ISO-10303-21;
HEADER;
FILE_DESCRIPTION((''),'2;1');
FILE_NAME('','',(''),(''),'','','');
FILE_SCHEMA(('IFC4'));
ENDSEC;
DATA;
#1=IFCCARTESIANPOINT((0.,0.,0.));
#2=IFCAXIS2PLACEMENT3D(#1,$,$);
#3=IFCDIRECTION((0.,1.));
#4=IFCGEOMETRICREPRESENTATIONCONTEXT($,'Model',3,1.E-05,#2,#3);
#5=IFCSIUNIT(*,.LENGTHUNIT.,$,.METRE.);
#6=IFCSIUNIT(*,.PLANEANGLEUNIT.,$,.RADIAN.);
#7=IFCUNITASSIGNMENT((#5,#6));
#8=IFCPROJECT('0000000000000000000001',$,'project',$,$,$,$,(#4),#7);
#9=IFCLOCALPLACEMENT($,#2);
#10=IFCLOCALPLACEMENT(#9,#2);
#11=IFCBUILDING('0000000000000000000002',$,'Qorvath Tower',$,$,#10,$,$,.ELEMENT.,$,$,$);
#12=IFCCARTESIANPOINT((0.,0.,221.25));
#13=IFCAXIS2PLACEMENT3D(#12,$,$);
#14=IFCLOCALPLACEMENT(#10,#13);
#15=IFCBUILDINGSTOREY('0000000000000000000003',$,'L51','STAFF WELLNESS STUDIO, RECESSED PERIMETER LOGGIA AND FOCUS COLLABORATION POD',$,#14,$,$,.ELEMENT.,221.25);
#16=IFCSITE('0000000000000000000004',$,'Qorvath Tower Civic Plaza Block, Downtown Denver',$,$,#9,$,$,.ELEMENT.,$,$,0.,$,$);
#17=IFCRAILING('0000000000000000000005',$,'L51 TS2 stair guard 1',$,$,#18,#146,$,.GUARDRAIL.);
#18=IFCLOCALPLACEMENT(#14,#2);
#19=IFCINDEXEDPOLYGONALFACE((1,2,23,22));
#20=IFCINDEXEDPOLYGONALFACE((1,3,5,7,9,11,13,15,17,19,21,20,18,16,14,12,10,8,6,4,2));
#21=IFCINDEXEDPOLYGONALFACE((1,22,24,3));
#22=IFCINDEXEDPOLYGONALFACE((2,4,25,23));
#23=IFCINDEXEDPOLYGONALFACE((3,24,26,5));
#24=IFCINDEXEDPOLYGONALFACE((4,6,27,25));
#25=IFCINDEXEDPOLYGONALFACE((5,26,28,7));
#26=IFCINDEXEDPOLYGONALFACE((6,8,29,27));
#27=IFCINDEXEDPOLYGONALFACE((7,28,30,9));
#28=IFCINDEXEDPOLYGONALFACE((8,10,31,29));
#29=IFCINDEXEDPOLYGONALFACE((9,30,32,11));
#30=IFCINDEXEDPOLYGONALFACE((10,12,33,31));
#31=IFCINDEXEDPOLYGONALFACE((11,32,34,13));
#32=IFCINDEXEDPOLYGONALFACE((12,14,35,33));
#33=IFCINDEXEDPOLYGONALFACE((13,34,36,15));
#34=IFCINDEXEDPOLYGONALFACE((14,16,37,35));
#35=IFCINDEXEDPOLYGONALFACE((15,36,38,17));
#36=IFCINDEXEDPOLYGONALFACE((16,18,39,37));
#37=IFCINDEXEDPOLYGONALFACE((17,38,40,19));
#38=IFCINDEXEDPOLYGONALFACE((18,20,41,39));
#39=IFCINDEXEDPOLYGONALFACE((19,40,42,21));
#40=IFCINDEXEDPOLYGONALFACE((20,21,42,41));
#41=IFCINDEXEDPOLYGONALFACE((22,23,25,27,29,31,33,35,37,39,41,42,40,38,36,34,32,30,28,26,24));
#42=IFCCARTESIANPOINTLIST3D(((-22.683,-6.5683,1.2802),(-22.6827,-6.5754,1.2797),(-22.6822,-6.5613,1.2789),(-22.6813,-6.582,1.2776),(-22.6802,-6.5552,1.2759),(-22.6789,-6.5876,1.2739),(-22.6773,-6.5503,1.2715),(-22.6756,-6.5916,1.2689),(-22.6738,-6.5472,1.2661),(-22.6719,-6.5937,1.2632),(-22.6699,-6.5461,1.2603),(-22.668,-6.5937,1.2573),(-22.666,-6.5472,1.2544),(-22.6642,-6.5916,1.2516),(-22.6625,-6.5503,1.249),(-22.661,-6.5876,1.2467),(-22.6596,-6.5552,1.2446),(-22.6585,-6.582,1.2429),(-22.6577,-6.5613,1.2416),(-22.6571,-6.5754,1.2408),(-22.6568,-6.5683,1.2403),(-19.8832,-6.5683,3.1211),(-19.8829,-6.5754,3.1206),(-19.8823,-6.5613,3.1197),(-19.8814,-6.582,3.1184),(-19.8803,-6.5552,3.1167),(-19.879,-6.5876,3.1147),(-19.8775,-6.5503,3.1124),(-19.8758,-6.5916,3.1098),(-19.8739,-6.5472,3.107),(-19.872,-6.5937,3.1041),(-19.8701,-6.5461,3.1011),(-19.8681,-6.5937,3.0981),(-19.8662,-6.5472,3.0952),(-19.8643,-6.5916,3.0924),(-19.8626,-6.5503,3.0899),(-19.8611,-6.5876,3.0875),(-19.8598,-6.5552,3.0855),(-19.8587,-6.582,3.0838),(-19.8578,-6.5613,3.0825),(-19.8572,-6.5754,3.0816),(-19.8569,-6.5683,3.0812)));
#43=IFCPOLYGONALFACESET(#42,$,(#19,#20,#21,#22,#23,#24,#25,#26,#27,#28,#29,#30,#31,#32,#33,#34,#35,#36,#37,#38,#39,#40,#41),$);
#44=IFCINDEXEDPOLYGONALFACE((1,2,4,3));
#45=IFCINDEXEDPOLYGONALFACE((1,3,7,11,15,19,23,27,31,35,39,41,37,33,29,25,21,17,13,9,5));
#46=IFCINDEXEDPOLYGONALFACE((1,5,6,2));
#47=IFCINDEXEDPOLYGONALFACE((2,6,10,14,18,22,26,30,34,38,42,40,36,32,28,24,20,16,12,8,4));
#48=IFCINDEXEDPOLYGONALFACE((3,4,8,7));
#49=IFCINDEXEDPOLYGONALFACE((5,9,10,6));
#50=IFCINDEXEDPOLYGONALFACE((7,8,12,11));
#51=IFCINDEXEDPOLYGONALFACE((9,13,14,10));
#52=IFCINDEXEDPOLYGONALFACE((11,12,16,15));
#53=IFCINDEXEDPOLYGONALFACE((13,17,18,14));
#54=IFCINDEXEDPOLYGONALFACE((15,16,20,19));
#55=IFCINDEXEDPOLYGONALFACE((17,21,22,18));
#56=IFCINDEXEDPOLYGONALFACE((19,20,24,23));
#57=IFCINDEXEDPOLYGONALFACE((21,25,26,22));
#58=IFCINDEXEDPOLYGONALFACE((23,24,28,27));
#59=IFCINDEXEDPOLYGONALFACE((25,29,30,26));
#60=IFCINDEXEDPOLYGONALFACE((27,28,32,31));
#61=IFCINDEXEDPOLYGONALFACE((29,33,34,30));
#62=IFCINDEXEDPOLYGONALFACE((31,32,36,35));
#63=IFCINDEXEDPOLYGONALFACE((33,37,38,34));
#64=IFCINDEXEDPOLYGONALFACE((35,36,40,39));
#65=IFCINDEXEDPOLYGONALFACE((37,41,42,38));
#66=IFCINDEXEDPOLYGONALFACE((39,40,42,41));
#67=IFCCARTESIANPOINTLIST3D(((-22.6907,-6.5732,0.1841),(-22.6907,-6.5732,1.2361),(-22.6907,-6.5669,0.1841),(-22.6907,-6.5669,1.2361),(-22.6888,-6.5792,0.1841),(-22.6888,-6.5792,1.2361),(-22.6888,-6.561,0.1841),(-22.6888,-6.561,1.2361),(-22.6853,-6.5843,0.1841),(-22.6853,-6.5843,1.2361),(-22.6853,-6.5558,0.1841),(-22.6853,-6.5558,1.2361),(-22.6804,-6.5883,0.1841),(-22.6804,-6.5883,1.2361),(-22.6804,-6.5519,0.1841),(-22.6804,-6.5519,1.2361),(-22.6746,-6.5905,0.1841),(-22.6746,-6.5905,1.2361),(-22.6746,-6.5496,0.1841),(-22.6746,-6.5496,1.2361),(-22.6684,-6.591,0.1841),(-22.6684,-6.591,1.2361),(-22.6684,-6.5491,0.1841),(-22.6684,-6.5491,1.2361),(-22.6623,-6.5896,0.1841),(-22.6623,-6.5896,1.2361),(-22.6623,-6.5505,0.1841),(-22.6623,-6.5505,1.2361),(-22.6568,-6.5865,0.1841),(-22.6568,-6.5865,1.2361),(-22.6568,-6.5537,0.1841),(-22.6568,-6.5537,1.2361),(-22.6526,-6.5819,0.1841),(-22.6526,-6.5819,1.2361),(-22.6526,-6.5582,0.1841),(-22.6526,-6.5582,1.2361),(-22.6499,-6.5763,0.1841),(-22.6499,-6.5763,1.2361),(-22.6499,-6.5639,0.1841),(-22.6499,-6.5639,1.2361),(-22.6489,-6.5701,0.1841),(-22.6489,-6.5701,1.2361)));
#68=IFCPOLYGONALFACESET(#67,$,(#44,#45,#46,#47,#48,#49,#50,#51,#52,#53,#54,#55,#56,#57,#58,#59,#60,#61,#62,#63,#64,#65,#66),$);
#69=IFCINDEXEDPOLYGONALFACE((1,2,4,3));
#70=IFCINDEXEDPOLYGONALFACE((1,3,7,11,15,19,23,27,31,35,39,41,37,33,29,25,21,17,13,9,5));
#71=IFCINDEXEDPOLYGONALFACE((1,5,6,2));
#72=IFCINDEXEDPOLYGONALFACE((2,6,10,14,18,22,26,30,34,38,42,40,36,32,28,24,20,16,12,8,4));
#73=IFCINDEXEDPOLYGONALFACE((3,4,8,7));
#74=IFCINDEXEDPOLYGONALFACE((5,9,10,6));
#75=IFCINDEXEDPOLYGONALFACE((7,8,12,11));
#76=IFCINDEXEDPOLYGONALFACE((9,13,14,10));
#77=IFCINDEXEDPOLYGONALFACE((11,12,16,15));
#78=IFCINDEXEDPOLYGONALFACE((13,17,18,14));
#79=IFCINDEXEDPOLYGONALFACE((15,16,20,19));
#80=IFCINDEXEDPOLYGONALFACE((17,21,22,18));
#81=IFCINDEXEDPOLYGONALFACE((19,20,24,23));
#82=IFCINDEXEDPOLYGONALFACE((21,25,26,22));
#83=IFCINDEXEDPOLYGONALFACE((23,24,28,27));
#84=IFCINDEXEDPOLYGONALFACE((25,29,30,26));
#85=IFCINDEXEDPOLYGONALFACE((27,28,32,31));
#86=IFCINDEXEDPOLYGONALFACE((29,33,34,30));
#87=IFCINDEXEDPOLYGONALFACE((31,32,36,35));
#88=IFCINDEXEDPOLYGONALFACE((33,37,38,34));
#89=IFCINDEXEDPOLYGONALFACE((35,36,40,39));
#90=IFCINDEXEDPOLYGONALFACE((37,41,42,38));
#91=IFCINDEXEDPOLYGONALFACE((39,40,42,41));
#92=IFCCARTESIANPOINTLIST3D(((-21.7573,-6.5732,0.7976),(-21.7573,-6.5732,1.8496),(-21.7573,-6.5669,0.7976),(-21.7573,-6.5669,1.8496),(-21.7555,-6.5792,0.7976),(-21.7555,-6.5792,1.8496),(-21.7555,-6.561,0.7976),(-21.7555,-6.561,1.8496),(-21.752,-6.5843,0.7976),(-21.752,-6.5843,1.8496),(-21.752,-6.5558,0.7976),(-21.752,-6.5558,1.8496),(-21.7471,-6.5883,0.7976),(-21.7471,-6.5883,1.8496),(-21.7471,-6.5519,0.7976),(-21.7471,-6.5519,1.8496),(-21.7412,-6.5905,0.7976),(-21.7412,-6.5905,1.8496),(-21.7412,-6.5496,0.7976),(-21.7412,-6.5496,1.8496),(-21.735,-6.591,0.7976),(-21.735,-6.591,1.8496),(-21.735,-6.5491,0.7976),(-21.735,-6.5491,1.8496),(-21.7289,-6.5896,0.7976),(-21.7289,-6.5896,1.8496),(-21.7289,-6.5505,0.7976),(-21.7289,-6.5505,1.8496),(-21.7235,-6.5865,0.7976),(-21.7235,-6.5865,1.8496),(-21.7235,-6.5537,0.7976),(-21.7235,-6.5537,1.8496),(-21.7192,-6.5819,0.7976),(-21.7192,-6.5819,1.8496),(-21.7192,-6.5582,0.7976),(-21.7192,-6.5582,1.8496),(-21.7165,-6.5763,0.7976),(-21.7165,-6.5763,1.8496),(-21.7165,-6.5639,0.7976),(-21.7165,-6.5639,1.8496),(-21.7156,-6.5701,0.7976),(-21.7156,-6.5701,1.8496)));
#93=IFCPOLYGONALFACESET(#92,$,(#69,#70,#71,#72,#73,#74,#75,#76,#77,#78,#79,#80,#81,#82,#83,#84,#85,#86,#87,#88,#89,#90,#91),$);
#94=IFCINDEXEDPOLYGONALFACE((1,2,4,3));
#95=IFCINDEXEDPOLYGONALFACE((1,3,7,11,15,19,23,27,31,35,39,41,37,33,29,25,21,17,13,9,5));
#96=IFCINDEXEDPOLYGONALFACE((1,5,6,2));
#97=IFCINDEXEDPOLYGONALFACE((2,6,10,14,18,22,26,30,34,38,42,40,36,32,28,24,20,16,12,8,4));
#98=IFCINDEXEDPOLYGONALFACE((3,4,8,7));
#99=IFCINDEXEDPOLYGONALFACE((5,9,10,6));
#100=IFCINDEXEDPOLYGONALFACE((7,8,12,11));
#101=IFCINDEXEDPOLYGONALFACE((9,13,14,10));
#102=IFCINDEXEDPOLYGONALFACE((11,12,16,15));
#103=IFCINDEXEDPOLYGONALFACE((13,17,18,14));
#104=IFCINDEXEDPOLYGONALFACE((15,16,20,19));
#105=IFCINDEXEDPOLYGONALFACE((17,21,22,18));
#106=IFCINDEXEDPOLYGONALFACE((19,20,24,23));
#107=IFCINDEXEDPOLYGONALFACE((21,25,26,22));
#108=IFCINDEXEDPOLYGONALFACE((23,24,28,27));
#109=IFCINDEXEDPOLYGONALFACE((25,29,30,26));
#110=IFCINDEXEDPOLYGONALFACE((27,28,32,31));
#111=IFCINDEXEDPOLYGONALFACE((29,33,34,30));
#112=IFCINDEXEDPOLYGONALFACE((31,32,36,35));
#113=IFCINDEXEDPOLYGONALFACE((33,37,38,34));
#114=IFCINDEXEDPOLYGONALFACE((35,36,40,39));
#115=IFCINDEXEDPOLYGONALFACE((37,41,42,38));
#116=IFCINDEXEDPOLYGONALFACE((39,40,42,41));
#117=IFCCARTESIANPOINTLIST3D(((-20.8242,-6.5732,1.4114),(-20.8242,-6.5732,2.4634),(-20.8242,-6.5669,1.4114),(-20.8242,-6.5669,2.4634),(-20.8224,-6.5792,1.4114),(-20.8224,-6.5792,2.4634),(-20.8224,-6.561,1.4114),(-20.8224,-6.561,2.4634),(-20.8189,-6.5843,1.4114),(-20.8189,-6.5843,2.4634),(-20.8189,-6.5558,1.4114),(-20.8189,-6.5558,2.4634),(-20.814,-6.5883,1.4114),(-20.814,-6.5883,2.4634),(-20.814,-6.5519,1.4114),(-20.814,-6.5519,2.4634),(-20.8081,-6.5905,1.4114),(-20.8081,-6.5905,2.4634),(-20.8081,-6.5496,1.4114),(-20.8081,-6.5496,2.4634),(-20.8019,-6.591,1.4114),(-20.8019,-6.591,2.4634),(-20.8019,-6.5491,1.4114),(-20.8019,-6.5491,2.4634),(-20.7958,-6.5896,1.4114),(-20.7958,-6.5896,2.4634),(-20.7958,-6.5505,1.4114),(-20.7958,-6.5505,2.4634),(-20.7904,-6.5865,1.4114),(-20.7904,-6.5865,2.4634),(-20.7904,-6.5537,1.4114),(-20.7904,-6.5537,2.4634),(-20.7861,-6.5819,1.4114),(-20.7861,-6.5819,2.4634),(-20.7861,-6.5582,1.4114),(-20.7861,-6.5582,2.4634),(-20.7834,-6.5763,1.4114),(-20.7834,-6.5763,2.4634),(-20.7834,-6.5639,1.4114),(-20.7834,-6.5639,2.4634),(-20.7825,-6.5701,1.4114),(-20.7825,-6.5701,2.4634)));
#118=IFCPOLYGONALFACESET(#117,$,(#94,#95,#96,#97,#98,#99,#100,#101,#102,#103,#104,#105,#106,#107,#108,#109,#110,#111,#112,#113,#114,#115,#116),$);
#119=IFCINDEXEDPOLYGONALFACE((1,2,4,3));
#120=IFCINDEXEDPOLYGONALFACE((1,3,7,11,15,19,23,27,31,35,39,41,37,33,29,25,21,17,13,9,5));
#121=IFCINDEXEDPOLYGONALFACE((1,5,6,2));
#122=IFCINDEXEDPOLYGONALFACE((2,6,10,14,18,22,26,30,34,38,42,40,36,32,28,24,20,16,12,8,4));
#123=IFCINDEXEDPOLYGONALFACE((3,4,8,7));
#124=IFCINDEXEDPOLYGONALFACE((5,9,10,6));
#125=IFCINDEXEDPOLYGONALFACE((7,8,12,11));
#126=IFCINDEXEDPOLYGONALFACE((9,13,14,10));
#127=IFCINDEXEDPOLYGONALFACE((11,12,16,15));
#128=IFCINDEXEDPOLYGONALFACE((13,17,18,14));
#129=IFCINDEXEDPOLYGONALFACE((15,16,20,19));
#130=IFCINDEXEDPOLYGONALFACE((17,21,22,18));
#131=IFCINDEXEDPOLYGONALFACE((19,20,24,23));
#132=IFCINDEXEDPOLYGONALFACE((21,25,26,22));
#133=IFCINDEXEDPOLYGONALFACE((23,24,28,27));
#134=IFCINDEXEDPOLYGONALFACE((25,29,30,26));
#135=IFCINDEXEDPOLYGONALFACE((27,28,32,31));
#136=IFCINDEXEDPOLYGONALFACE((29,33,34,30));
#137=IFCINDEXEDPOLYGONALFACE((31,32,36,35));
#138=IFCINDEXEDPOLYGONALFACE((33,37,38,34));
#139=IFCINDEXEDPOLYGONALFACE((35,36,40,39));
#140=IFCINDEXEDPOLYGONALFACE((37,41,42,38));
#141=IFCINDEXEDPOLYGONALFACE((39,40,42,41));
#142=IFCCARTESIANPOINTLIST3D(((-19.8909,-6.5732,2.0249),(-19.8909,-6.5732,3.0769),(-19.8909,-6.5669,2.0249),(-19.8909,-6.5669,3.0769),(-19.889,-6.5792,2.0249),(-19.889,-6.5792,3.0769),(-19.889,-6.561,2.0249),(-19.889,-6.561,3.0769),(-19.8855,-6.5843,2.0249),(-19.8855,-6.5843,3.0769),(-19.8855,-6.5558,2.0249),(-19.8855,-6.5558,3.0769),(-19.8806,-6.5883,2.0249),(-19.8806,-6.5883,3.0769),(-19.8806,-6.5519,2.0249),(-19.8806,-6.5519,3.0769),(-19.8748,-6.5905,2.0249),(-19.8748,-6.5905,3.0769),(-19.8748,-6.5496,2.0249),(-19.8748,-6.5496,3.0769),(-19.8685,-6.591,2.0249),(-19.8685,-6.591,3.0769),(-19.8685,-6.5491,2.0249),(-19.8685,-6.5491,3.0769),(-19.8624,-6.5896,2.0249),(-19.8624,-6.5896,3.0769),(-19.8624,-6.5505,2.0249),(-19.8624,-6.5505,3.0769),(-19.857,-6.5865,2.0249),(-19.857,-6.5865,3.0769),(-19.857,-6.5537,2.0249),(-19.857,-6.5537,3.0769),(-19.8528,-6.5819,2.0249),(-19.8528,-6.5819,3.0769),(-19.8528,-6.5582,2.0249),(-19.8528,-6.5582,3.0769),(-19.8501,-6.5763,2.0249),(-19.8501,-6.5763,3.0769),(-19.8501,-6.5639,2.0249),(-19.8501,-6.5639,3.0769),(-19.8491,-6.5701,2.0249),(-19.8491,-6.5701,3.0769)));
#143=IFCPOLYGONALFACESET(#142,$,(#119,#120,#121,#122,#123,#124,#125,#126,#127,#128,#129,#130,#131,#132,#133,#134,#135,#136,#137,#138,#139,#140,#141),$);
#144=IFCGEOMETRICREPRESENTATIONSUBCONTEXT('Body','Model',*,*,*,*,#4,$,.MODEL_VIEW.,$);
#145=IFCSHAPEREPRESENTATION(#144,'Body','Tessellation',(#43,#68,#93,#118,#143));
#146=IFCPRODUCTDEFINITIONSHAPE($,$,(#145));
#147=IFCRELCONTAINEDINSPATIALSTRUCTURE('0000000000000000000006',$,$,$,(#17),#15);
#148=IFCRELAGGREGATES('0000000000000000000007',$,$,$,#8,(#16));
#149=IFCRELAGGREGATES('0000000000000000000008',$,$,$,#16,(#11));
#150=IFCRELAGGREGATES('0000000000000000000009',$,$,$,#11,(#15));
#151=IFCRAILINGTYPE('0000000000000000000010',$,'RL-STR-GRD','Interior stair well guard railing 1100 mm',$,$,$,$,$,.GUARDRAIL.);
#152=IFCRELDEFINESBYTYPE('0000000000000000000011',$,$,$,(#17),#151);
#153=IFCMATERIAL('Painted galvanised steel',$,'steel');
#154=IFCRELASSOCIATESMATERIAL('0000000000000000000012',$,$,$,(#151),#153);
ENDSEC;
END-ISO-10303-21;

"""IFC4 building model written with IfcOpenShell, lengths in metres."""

from ifc_helpers import new_model, si_unit, direction, frame, origin, origin_2d, place, context, subcontext, project, spatial, circle, extrude, material, type_object, element, save


model = new_model("IFC4")

# Units and contexts
model_context = context("Model", 3, precision=1e-05, world=origin(), true_north=direction((0.0, 1.0)))
body_context = subcontext(model_context, "Body", "Model", "MODEL_VIEW")
ifc_project = project(units=[si_unit("LENGTHUNIT", "METRE"), si_unit("PLANEANGLEUNIT", "RADIAN")], contexts=[model_context])

# Site, building, storey
site_placement = place(None, origin())
site = spatial("IfcSite", under=ifc_project, at=site_placement, Name="Qorvath Tower Civic Plaza Block, Downtown Denver", CompositionType="ELEMENT", RefElevation=0.0)
building_placement = place(site_placement, origin())
building = spatial("IfcBuilding", under=site, at=building_placement, Name="Qorvath Tower", CompositionType="ELEMENT")
storey_placement = place(building_placement, frame((0.0, 0.0, 221.25)))
storey = spatial("IfcBuildingStorey", under=building, at=storey_placement, Name="L51", Description="STAFF WELLNESS STUDIO, RECESSED PERIMETER LOGGIA AND FOCUS COLLABORATION POD", CompositionType="ELEMENT", Elevation=221.25)

# Railing
ifc_material_1 = material(Name="Painted galvanised steel", Category="steel")
railing_type = type_object("IfcRailingType", Name="RL-STR-GRD", Description="Interior stair well guard railing 1100 mm", PredefinedType="GUARDRAIL", material=ifc_material_1)
railing_1_placement = place(storey_placement, frame((-22.6699, -6.5701, 0.1841)))
element("IfcRailing", 1, at=railing_1_placement, inside=storey, type_object=railing_type, Name="L51 TS2 stair guard 1", PredefinedType="GUARDRAIL", context=body_context, shape_type="SweptSolid", body=[
    extrude(circle(Radius=0.0239, at=origin_2d()), frame((0.0, 0.0, 1.0762), z_axis=(0.835576, 0.0, 0.549376), x_axis=(0.0, 1.0, 0.0)), (0.0, 0.0, 1.0), 3.3508),
    extrude(circle(Radius=0.021, at=origin_2d()), origin(), (0.0, 0.0, 1.0), 1.052),
    extrude(circle(Radius=0.021, at=origin_2d()), frame((0.9333, 0.0, 0.6135)), (0.0, 0.0, 1.0), 1.052),
    extrude(circle(Radius=0.021, at=origin_2d()), frame((1.8665, 0.0, 1.2273)), (0.0, 0.0, 1.0), 1.052),
    extrude(circle(Radius=0.021, at=origin_2d()), frame((2.7998, 0.0, 1.8408)), (0.0, 0.0, 1.0), 1.052),
])

save(model, "model.ifc")
